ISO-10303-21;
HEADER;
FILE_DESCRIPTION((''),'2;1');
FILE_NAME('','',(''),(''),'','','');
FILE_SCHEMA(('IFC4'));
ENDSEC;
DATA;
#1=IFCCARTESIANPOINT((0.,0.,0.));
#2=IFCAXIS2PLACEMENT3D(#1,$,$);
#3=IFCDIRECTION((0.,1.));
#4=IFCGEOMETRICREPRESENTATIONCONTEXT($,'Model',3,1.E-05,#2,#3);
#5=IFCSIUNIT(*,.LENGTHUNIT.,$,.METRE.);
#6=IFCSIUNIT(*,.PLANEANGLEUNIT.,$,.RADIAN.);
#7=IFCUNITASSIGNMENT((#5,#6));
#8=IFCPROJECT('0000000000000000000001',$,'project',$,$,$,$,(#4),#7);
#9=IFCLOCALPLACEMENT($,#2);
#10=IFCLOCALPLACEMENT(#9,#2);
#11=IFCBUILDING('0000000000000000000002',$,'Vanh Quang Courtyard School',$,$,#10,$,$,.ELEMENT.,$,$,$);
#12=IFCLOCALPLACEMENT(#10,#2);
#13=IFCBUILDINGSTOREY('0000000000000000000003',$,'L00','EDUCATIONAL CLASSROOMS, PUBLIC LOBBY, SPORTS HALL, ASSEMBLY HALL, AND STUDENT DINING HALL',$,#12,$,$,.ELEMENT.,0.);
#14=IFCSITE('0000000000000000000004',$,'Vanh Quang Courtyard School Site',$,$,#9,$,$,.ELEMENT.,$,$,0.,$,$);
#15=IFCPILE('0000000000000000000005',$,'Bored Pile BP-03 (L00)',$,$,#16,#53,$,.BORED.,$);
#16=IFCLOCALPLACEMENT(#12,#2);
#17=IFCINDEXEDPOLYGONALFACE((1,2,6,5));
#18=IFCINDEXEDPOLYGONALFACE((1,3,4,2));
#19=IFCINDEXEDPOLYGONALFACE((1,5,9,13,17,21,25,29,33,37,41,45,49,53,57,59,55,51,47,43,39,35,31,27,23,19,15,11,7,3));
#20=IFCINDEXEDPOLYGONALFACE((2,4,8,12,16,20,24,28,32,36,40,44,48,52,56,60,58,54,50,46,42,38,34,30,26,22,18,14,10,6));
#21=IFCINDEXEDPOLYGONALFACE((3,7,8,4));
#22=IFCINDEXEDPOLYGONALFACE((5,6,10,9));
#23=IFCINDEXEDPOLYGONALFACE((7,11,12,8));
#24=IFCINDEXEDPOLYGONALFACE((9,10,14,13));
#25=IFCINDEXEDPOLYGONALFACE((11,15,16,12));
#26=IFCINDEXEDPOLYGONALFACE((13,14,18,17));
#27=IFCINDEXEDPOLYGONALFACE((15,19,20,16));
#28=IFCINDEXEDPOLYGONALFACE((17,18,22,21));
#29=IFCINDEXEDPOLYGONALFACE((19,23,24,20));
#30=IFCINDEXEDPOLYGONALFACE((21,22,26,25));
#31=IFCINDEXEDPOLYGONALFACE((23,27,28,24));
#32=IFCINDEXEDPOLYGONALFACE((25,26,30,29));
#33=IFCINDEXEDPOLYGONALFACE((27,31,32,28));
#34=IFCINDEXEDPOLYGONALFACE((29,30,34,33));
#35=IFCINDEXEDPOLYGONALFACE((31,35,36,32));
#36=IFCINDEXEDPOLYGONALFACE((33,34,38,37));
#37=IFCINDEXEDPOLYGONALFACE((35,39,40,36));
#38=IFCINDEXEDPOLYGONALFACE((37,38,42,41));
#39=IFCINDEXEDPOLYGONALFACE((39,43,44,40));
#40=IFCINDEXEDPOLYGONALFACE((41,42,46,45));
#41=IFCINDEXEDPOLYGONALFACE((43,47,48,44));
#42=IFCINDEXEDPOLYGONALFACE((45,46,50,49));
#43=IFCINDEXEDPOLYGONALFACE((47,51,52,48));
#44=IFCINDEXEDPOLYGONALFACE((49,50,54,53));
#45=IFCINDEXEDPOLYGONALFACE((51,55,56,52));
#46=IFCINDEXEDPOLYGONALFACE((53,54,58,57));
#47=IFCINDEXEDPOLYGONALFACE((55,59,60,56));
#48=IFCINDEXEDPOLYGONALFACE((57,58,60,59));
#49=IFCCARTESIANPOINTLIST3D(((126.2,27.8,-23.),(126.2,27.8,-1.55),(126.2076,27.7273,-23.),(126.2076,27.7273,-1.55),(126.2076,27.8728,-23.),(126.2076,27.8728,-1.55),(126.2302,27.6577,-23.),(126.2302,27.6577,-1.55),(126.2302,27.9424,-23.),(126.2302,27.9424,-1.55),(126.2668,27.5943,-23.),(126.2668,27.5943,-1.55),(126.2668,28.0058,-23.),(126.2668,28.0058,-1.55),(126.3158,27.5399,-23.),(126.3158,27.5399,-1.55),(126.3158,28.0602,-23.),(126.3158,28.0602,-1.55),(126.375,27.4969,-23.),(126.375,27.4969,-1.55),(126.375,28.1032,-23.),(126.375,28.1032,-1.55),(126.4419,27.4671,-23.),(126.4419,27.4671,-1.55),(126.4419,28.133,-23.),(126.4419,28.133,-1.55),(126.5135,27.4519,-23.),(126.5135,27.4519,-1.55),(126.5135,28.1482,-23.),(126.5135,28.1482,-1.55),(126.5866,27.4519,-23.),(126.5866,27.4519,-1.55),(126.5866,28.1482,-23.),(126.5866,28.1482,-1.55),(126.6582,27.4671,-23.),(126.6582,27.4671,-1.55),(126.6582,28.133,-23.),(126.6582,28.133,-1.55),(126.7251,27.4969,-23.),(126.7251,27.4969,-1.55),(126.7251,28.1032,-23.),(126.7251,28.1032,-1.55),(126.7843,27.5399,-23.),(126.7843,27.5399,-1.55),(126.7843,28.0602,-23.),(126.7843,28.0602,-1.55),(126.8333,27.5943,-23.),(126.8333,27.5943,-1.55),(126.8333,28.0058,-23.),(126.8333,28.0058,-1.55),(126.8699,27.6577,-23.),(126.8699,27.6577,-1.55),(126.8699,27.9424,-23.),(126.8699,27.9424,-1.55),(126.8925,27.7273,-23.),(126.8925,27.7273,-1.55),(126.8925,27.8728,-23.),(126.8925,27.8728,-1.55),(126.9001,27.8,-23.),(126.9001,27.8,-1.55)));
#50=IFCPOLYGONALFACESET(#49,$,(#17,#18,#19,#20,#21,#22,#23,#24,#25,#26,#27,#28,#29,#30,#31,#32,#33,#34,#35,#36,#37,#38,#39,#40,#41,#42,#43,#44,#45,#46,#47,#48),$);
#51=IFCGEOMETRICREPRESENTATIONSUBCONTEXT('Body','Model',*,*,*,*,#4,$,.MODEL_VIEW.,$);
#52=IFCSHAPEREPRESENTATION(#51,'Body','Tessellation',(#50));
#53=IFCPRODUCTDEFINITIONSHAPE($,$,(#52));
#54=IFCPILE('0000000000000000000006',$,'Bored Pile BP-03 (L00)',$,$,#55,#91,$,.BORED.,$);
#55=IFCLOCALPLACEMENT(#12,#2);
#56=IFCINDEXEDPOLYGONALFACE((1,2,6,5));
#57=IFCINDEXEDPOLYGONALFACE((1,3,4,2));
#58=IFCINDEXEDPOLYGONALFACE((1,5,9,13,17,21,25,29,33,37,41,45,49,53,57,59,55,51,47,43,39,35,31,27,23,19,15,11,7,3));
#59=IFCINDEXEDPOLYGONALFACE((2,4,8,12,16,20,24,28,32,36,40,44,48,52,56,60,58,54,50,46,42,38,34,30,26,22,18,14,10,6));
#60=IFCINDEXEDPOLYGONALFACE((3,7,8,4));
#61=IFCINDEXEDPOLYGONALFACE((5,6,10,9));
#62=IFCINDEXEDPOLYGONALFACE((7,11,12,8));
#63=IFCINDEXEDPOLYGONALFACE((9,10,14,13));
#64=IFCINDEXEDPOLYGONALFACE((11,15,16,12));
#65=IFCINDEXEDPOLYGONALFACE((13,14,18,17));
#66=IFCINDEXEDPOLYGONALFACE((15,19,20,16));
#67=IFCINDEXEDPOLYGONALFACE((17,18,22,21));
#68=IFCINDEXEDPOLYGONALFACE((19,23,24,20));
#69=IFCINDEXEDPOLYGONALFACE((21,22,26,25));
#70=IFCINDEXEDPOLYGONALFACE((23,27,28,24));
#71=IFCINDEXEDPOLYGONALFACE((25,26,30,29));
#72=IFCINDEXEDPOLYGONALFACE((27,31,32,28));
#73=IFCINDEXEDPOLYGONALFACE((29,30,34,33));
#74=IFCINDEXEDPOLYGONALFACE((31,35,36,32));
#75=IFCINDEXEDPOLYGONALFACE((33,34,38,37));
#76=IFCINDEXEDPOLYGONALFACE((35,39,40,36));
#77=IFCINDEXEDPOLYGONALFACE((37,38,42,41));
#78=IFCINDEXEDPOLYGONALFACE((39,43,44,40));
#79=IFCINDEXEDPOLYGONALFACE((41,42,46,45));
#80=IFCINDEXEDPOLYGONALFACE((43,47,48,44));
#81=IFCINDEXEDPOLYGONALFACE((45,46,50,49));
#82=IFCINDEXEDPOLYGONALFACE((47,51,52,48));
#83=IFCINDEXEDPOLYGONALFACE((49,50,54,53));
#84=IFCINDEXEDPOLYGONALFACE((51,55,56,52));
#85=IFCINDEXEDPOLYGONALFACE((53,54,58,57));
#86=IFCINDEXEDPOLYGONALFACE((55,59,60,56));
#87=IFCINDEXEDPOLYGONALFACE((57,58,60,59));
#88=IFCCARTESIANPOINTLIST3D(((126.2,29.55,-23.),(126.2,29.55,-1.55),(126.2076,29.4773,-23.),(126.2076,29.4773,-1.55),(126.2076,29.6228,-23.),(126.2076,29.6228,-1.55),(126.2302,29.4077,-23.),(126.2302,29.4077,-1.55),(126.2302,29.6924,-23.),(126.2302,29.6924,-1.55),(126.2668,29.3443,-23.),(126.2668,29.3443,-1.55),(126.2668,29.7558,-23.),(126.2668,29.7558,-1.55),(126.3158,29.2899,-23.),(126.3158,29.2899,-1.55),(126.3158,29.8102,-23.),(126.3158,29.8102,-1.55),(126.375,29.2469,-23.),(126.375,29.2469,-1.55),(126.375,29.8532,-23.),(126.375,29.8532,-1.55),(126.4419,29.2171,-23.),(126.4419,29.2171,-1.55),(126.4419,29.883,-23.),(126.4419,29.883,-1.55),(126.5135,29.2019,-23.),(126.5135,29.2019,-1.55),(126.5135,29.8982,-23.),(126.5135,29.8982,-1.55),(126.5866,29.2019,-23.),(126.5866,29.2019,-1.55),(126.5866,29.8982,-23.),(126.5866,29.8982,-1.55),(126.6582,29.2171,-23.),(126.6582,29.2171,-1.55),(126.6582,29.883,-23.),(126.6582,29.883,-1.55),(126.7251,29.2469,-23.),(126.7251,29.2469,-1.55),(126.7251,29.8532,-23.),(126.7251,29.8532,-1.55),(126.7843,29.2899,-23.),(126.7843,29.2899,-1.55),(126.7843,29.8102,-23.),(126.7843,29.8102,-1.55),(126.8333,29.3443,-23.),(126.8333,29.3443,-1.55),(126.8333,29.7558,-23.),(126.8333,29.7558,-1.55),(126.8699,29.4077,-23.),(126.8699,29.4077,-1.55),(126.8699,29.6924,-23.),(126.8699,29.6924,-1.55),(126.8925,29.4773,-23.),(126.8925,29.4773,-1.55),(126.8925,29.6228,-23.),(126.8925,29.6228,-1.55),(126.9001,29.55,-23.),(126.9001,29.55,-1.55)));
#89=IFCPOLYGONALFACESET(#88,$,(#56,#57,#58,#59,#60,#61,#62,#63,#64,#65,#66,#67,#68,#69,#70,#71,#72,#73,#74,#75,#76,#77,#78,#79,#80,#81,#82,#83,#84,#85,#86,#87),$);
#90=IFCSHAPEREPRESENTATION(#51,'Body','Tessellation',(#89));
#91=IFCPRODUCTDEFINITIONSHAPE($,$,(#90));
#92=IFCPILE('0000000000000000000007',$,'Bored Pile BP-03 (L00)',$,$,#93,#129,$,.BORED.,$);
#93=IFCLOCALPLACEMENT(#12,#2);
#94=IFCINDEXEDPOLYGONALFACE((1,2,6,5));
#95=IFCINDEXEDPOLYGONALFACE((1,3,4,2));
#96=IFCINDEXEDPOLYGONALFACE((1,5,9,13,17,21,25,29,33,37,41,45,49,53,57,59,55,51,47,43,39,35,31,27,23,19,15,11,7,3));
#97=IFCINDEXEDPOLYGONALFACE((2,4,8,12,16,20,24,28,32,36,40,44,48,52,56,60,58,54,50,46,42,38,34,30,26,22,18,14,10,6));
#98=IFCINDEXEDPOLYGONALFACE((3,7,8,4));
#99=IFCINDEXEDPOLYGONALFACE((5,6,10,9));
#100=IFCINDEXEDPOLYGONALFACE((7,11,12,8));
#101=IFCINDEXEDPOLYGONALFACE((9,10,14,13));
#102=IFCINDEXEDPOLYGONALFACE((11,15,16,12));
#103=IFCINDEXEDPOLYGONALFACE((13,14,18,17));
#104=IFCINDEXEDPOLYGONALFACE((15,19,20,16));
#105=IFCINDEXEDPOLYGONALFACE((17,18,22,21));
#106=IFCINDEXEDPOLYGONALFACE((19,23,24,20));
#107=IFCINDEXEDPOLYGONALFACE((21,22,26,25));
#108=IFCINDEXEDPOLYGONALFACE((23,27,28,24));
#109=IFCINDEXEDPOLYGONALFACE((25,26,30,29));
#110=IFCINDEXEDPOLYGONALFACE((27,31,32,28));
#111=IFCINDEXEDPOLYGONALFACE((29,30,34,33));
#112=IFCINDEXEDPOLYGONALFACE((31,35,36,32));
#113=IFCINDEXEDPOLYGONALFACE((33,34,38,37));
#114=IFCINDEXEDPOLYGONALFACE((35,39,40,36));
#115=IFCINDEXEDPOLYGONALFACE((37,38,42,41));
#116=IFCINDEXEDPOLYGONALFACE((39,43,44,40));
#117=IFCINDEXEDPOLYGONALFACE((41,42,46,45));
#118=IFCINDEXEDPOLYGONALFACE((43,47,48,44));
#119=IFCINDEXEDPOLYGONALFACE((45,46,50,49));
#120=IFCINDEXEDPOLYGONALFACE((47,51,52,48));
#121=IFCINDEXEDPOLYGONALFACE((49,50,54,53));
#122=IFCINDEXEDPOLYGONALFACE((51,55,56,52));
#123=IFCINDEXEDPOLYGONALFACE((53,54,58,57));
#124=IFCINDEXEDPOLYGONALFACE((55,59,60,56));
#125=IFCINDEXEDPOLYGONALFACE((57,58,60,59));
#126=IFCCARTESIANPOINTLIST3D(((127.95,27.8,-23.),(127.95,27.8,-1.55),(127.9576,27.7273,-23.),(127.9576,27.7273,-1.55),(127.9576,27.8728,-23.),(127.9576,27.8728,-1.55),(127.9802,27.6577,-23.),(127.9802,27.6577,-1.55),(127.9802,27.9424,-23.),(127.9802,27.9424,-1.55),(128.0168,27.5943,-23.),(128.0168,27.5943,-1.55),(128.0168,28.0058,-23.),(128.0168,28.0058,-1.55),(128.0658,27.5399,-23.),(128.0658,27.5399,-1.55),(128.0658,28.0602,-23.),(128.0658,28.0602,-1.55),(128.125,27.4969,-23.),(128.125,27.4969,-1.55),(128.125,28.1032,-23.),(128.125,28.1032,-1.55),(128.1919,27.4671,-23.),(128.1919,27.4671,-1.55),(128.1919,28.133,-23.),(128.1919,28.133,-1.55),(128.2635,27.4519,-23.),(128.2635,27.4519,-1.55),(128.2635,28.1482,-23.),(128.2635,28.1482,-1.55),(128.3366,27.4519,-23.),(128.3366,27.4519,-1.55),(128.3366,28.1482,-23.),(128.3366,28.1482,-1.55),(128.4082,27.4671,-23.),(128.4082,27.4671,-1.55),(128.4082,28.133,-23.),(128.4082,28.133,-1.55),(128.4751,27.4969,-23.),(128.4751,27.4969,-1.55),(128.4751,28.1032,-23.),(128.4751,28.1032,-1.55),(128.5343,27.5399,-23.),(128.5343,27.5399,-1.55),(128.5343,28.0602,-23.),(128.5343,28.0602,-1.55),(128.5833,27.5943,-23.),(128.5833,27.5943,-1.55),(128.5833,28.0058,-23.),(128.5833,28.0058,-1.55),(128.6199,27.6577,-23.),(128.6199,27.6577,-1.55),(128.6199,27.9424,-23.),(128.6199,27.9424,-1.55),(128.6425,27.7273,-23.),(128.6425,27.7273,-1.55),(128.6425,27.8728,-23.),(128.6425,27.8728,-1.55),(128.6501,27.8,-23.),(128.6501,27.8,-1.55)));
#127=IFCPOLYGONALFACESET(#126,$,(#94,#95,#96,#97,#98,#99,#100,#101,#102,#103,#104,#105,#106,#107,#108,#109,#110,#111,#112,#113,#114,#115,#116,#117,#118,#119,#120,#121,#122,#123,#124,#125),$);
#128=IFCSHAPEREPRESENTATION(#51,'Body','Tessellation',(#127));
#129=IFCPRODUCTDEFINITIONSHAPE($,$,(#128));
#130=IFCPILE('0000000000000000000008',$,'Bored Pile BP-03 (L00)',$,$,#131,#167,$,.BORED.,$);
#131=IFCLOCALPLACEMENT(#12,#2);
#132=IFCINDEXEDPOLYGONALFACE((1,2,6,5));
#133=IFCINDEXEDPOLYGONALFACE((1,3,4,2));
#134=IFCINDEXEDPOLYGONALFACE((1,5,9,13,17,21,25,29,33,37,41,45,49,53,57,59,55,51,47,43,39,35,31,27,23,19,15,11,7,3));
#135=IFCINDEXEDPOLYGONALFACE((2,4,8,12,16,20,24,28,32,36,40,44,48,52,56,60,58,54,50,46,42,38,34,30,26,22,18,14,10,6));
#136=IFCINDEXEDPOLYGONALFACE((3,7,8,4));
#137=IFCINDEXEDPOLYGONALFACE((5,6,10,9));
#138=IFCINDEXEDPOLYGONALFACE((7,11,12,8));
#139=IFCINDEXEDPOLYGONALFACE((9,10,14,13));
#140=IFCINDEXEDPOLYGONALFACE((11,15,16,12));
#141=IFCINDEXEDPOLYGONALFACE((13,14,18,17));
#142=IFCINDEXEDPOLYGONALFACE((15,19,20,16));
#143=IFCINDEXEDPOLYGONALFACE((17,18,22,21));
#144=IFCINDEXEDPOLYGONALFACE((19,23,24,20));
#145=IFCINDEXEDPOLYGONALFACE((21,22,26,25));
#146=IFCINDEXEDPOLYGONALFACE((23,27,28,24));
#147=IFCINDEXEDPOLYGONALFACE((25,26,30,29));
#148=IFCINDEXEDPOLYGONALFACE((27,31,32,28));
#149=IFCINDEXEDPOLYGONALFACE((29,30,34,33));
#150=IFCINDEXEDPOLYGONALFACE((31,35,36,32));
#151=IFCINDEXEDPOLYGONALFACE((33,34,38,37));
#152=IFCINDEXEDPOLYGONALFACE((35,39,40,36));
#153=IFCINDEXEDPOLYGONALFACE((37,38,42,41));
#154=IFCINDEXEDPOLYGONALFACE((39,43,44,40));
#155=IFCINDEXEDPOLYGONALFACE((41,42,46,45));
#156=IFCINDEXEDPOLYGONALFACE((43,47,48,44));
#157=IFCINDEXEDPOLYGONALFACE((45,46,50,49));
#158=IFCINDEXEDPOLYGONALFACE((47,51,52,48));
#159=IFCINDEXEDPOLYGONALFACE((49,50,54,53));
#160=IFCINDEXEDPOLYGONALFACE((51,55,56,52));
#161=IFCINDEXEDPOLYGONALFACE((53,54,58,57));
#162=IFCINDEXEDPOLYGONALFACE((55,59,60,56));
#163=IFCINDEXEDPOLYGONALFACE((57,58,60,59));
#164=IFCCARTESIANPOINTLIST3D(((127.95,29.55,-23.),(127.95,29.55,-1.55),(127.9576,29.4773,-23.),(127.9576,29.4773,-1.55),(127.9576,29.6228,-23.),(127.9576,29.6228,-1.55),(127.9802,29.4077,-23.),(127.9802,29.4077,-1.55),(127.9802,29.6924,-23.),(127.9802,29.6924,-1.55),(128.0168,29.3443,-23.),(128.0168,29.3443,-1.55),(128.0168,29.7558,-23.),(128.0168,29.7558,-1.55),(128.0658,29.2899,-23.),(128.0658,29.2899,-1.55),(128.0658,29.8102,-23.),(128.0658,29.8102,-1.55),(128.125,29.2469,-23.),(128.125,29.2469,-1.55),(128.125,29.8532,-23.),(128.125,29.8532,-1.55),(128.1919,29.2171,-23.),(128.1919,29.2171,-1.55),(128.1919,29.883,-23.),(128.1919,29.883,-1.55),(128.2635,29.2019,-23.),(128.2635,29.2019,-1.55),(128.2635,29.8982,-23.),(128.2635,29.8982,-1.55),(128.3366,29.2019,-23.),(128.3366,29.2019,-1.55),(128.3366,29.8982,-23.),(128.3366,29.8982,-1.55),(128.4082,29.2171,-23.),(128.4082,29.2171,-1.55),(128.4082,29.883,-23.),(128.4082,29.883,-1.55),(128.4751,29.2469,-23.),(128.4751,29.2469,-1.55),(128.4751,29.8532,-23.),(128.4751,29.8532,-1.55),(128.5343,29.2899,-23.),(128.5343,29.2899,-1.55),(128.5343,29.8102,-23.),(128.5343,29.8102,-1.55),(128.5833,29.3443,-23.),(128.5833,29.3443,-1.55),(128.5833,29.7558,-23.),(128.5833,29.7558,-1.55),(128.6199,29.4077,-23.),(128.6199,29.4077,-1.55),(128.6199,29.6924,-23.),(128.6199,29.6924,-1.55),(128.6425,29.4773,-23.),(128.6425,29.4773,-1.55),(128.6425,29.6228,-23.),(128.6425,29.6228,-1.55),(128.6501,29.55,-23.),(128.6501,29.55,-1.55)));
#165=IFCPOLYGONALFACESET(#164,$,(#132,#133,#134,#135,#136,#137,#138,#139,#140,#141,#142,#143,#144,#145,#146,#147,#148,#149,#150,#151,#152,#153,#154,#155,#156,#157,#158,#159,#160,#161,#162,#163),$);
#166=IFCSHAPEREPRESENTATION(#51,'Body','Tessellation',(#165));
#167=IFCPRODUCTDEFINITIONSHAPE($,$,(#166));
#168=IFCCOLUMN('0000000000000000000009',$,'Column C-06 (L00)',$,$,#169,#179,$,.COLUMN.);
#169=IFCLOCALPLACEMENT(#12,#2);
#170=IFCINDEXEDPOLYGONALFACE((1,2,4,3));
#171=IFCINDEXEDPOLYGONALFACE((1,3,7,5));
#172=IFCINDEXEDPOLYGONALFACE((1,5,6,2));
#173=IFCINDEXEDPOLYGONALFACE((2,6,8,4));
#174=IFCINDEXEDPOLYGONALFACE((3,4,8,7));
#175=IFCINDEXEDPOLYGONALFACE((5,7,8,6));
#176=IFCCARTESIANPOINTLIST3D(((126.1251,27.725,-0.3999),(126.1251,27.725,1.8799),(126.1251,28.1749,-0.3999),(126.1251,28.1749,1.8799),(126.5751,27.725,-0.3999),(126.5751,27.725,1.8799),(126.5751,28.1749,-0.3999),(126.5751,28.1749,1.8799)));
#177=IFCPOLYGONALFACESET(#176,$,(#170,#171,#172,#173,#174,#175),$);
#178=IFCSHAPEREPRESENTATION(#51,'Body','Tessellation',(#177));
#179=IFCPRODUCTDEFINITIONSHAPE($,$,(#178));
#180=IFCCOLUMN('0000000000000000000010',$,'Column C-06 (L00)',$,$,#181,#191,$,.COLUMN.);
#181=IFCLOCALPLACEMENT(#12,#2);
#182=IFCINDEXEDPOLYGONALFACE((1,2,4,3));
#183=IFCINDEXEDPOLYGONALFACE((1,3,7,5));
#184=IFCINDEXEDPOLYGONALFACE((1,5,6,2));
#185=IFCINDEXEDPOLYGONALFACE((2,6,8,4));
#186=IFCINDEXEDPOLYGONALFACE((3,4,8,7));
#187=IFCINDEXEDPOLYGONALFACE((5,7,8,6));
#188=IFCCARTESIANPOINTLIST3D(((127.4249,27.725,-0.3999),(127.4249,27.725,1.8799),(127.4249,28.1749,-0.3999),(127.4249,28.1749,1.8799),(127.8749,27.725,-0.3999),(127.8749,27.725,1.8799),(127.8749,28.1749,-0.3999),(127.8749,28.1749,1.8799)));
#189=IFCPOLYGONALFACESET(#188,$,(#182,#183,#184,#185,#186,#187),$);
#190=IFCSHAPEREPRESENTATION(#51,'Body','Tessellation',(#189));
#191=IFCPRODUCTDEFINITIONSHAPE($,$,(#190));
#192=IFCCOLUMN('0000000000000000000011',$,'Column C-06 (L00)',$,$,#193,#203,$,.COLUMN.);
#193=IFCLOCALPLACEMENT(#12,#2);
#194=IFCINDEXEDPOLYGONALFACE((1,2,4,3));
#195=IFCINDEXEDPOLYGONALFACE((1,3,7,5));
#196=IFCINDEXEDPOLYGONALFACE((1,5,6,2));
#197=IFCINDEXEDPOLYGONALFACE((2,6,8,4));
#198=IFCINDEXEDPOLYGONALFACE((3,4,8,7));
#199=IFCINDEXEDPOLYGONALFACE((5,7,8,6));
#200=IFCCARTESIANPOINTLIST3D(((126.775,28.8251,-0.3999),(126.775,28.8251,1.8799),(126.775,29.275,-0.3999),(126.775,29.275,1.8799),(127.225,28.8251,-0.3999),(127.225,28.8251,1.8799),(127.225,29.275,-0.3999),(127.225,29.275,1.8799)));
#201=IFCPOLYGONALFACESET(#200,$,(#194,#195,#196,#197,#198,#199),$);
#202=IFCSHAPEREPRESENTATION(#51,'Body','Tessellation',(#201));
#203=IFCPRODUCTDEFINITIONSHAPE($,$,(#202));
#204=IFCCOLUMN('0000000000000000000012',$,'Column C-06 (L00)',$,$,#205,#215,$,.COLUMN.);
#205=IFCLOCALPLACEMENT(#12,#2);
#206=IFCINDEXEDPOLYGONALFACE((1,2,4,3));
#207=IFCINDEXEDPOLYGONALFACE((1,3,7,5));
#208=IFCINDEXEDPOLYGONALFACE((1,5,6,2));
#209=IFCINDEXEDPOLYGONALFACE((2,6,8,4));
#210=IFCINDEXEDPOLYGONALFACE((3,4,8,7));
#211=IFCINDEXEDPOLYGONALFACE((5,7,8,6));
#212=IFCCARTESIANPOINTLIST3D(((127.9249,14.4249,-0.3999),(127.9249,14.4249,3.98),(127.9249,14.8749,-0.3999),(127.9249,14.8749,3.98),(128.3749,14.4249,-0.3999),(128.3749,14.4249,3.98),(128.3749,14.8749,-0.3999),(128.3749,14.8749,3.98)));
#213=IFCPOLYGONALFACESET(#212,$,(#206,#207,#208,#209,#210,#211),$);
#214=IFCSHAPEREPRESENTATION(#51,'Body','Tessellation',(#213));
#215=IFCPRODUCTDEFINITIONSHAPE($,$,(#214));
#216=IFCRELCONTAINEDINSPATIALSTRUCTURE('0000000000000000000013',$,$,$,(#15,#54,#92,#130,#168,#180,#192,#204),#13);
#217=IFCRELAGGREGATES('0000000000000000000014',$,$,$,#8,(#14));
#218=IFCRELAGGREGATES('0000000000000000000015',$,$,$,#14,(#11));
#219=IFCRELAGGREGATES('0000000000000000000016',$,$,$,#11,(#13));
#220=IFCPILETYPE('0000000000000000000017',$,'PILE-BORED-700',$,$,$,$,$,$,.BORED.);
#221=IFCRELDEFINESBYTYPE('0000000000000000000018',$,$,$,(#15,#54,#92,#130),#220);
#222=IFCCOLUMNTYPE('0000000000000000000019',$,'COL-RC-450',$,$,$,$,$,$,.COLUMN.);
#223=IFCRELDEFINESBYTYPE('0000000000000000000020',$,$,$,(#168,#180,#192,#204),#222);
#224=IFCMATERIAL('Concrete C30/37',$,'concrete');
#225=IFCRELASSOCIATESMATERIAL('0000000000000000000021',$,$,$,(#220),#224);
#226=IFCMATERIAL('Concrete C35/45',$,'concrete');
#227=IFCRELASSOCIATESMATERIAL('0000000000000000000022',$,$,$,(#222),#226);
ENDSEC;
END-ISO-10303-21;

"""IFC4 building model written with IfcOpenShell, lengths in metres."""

from ifc_helpers import new_model, si_unit, direction, frame, origin, origin_2d, place, context, subcontext, project, spatial, rectangle, circle, extrude, material, material_profile, profile_set, type_object, element, save


model = new_model("IFC4")

# Units and contexts
model_context = context("Model", 3, precision=1e-05, world=origin(), true_north=direction((0.0, 1.0)))
body_context = subcontext(model_context, "Body", "Model", "MODEL_VIEW")
ifc_project = project(units=[si_unit("LENGTHUNIT", "METRE"), si_unit("PLANEANGLEUNIT", "RADIAN")], contexts=[model_context])

# Site, building, storey
site_placement = place(None, origin())
site = spatial("IfcSite", under=ifc_project, at=site_placement, Name="Vanh Quang Courtyard School Site", CompositionType="ELEMENT", RefElevation=0.0)
building_placement = place(site_placement, origin())
building = spatial("IfcBuilding", under=site, at=building_placement, Name="Vanh Quang Courtyard School", CompositionType="ELEMENT")
storey_placement = place(building_placement, origin())
storey = spatial("IfcBuildingStorey", under=building, at=storey_placement, Name="L00", Description="EDUCATIONAL CLASSROOMS, PUBLIC LOBBY, SPORTS HALL, ASSEMBLY HALL, AND STUDENT DINING HALL", CompositionType="ELEMENT", Elevation=0.0)

# Shared definitions
ifc_material_1 = material(Name="Concrete C35/45", Category="concrete")

# Piles
ifc_material_2 = material(Name="Concrete C30/37", Category="concrete")
ifc_material_profile_1 = material_profile(ifc_material_2, circle(Radius=0.3501, at=origin_2d()), Name="PILE D700")
ifc_profile_set_1 = profile_set([ifc_material_profile_1], Name="Concrete C30/37")
pile_type_1 = type_object("IfcPileType", Name="PILE-BORED-700", PredefinedType="BORED", material=ifc_profile_set_1)
for number, where, z_axis, x_axis, name in (
    (1, (126.55, 27.8, -1.55), (0.0, 0.0, -1.0), (1.0, 0.0, 0.0), "Bored Pile BP-03 (L00)"),
    (2, (126.55, 29.55, -1.55), (0.0, 0.0, -1.0), (1.0, 0.0, 0.0), "Bored Pile BP-03 (L00)"),
    (3, (128.3, 27.8, -1.55), (0.0, 0.0, -1.0), (1.0, 0.0, 0.0), "Bored Pile BP-03 (L00)"),
    (4, (128.3, 29.55, -1.55), (0.0, 0.0, -1.0), (1.0, 0.0, 0.0), "Bored Pile BP-03 (L00)"),
):
    element("IfcPile", number, at=place(storey_placement, frame(where, z_axis=z_axis, x_axis=x_axis)), inside=storey, type_object=pile_type_1, Name=name, PredefinedType="BORED", context=body_context, shape_type="SweptSolid", body=[
        extrude(circle(Radius=0.3501, at=origin_2d()), origin(), (0.0, 0.0, 1.0), 21.45),
    ])

# Columns
ifc_material_profile_2 = material_profile(ifc_material_1, rectangle(XDim=0.45, YDim=0.45, at=origin_2d()), Name="RC-COL 450x450")
ifc_profile_set_2 = profile_set([ifc_material_profile_2], Name="Concrete C35/45")
column_type_1 = type_object("IfcColumnType", Name="COL-RC-450", PredefinedType="COLUMN", material=ifc_profile_set_2)
for number, where, z_axis, x_axis, name in (
    (5, (126.3501, 27.95, -0.3999), (0.0, 0.0, 1.0), (1.0, 0.0, 0.0), "Column C-06 (L00)"),
    (6, (127.6499, 27.95, -0.3999), (0.0, 0.0, 1.0), (1.0, 0.0, 0.0), "Column C-06 (L00)"),
    (7, (127.0, 29.05, -0.3999), (0.0, 0.0, 1.0), (1.0, 0.0, 0.0), "Column C-06 (L00)"),
):
    element("IfcColumn", number, at=place(storey_placement, frame(where, z_axis=z_axis, x_axis=x_axis)), inside=storey, type_object=column_type_1, Name=name, PredefinedType="COLUMN", context=body_context, shape_type="SweptSolid", body=[
        extrude(rectangle(XDim=0.45, YDim=0.45, at=origin_2d()), origin(), (0.0, 0.0, 1.0), 2.2798),
    ])
column_placement = place(storey_placement, frame((128.1499, 14.6499, -0.3999), z_axis=(0.0, 0.0, 1.0), x_axis=(1.0, 0.0, 0.0)))
element("IfcColumn", 8, at=column_placement, inside=storey, type_object=column_type_1, Name="Column C-06 (L00)", PredefinedType="COLUMN", context=body_context, shape_type="SweptSolid", body=[
    extrude(rectangle(XDim=0.45, YDim=0.45, at=origin_2d()), origin(), (0.0, 0.0, 1.0), 4.3799),
])

save(model, "model.ifc")
